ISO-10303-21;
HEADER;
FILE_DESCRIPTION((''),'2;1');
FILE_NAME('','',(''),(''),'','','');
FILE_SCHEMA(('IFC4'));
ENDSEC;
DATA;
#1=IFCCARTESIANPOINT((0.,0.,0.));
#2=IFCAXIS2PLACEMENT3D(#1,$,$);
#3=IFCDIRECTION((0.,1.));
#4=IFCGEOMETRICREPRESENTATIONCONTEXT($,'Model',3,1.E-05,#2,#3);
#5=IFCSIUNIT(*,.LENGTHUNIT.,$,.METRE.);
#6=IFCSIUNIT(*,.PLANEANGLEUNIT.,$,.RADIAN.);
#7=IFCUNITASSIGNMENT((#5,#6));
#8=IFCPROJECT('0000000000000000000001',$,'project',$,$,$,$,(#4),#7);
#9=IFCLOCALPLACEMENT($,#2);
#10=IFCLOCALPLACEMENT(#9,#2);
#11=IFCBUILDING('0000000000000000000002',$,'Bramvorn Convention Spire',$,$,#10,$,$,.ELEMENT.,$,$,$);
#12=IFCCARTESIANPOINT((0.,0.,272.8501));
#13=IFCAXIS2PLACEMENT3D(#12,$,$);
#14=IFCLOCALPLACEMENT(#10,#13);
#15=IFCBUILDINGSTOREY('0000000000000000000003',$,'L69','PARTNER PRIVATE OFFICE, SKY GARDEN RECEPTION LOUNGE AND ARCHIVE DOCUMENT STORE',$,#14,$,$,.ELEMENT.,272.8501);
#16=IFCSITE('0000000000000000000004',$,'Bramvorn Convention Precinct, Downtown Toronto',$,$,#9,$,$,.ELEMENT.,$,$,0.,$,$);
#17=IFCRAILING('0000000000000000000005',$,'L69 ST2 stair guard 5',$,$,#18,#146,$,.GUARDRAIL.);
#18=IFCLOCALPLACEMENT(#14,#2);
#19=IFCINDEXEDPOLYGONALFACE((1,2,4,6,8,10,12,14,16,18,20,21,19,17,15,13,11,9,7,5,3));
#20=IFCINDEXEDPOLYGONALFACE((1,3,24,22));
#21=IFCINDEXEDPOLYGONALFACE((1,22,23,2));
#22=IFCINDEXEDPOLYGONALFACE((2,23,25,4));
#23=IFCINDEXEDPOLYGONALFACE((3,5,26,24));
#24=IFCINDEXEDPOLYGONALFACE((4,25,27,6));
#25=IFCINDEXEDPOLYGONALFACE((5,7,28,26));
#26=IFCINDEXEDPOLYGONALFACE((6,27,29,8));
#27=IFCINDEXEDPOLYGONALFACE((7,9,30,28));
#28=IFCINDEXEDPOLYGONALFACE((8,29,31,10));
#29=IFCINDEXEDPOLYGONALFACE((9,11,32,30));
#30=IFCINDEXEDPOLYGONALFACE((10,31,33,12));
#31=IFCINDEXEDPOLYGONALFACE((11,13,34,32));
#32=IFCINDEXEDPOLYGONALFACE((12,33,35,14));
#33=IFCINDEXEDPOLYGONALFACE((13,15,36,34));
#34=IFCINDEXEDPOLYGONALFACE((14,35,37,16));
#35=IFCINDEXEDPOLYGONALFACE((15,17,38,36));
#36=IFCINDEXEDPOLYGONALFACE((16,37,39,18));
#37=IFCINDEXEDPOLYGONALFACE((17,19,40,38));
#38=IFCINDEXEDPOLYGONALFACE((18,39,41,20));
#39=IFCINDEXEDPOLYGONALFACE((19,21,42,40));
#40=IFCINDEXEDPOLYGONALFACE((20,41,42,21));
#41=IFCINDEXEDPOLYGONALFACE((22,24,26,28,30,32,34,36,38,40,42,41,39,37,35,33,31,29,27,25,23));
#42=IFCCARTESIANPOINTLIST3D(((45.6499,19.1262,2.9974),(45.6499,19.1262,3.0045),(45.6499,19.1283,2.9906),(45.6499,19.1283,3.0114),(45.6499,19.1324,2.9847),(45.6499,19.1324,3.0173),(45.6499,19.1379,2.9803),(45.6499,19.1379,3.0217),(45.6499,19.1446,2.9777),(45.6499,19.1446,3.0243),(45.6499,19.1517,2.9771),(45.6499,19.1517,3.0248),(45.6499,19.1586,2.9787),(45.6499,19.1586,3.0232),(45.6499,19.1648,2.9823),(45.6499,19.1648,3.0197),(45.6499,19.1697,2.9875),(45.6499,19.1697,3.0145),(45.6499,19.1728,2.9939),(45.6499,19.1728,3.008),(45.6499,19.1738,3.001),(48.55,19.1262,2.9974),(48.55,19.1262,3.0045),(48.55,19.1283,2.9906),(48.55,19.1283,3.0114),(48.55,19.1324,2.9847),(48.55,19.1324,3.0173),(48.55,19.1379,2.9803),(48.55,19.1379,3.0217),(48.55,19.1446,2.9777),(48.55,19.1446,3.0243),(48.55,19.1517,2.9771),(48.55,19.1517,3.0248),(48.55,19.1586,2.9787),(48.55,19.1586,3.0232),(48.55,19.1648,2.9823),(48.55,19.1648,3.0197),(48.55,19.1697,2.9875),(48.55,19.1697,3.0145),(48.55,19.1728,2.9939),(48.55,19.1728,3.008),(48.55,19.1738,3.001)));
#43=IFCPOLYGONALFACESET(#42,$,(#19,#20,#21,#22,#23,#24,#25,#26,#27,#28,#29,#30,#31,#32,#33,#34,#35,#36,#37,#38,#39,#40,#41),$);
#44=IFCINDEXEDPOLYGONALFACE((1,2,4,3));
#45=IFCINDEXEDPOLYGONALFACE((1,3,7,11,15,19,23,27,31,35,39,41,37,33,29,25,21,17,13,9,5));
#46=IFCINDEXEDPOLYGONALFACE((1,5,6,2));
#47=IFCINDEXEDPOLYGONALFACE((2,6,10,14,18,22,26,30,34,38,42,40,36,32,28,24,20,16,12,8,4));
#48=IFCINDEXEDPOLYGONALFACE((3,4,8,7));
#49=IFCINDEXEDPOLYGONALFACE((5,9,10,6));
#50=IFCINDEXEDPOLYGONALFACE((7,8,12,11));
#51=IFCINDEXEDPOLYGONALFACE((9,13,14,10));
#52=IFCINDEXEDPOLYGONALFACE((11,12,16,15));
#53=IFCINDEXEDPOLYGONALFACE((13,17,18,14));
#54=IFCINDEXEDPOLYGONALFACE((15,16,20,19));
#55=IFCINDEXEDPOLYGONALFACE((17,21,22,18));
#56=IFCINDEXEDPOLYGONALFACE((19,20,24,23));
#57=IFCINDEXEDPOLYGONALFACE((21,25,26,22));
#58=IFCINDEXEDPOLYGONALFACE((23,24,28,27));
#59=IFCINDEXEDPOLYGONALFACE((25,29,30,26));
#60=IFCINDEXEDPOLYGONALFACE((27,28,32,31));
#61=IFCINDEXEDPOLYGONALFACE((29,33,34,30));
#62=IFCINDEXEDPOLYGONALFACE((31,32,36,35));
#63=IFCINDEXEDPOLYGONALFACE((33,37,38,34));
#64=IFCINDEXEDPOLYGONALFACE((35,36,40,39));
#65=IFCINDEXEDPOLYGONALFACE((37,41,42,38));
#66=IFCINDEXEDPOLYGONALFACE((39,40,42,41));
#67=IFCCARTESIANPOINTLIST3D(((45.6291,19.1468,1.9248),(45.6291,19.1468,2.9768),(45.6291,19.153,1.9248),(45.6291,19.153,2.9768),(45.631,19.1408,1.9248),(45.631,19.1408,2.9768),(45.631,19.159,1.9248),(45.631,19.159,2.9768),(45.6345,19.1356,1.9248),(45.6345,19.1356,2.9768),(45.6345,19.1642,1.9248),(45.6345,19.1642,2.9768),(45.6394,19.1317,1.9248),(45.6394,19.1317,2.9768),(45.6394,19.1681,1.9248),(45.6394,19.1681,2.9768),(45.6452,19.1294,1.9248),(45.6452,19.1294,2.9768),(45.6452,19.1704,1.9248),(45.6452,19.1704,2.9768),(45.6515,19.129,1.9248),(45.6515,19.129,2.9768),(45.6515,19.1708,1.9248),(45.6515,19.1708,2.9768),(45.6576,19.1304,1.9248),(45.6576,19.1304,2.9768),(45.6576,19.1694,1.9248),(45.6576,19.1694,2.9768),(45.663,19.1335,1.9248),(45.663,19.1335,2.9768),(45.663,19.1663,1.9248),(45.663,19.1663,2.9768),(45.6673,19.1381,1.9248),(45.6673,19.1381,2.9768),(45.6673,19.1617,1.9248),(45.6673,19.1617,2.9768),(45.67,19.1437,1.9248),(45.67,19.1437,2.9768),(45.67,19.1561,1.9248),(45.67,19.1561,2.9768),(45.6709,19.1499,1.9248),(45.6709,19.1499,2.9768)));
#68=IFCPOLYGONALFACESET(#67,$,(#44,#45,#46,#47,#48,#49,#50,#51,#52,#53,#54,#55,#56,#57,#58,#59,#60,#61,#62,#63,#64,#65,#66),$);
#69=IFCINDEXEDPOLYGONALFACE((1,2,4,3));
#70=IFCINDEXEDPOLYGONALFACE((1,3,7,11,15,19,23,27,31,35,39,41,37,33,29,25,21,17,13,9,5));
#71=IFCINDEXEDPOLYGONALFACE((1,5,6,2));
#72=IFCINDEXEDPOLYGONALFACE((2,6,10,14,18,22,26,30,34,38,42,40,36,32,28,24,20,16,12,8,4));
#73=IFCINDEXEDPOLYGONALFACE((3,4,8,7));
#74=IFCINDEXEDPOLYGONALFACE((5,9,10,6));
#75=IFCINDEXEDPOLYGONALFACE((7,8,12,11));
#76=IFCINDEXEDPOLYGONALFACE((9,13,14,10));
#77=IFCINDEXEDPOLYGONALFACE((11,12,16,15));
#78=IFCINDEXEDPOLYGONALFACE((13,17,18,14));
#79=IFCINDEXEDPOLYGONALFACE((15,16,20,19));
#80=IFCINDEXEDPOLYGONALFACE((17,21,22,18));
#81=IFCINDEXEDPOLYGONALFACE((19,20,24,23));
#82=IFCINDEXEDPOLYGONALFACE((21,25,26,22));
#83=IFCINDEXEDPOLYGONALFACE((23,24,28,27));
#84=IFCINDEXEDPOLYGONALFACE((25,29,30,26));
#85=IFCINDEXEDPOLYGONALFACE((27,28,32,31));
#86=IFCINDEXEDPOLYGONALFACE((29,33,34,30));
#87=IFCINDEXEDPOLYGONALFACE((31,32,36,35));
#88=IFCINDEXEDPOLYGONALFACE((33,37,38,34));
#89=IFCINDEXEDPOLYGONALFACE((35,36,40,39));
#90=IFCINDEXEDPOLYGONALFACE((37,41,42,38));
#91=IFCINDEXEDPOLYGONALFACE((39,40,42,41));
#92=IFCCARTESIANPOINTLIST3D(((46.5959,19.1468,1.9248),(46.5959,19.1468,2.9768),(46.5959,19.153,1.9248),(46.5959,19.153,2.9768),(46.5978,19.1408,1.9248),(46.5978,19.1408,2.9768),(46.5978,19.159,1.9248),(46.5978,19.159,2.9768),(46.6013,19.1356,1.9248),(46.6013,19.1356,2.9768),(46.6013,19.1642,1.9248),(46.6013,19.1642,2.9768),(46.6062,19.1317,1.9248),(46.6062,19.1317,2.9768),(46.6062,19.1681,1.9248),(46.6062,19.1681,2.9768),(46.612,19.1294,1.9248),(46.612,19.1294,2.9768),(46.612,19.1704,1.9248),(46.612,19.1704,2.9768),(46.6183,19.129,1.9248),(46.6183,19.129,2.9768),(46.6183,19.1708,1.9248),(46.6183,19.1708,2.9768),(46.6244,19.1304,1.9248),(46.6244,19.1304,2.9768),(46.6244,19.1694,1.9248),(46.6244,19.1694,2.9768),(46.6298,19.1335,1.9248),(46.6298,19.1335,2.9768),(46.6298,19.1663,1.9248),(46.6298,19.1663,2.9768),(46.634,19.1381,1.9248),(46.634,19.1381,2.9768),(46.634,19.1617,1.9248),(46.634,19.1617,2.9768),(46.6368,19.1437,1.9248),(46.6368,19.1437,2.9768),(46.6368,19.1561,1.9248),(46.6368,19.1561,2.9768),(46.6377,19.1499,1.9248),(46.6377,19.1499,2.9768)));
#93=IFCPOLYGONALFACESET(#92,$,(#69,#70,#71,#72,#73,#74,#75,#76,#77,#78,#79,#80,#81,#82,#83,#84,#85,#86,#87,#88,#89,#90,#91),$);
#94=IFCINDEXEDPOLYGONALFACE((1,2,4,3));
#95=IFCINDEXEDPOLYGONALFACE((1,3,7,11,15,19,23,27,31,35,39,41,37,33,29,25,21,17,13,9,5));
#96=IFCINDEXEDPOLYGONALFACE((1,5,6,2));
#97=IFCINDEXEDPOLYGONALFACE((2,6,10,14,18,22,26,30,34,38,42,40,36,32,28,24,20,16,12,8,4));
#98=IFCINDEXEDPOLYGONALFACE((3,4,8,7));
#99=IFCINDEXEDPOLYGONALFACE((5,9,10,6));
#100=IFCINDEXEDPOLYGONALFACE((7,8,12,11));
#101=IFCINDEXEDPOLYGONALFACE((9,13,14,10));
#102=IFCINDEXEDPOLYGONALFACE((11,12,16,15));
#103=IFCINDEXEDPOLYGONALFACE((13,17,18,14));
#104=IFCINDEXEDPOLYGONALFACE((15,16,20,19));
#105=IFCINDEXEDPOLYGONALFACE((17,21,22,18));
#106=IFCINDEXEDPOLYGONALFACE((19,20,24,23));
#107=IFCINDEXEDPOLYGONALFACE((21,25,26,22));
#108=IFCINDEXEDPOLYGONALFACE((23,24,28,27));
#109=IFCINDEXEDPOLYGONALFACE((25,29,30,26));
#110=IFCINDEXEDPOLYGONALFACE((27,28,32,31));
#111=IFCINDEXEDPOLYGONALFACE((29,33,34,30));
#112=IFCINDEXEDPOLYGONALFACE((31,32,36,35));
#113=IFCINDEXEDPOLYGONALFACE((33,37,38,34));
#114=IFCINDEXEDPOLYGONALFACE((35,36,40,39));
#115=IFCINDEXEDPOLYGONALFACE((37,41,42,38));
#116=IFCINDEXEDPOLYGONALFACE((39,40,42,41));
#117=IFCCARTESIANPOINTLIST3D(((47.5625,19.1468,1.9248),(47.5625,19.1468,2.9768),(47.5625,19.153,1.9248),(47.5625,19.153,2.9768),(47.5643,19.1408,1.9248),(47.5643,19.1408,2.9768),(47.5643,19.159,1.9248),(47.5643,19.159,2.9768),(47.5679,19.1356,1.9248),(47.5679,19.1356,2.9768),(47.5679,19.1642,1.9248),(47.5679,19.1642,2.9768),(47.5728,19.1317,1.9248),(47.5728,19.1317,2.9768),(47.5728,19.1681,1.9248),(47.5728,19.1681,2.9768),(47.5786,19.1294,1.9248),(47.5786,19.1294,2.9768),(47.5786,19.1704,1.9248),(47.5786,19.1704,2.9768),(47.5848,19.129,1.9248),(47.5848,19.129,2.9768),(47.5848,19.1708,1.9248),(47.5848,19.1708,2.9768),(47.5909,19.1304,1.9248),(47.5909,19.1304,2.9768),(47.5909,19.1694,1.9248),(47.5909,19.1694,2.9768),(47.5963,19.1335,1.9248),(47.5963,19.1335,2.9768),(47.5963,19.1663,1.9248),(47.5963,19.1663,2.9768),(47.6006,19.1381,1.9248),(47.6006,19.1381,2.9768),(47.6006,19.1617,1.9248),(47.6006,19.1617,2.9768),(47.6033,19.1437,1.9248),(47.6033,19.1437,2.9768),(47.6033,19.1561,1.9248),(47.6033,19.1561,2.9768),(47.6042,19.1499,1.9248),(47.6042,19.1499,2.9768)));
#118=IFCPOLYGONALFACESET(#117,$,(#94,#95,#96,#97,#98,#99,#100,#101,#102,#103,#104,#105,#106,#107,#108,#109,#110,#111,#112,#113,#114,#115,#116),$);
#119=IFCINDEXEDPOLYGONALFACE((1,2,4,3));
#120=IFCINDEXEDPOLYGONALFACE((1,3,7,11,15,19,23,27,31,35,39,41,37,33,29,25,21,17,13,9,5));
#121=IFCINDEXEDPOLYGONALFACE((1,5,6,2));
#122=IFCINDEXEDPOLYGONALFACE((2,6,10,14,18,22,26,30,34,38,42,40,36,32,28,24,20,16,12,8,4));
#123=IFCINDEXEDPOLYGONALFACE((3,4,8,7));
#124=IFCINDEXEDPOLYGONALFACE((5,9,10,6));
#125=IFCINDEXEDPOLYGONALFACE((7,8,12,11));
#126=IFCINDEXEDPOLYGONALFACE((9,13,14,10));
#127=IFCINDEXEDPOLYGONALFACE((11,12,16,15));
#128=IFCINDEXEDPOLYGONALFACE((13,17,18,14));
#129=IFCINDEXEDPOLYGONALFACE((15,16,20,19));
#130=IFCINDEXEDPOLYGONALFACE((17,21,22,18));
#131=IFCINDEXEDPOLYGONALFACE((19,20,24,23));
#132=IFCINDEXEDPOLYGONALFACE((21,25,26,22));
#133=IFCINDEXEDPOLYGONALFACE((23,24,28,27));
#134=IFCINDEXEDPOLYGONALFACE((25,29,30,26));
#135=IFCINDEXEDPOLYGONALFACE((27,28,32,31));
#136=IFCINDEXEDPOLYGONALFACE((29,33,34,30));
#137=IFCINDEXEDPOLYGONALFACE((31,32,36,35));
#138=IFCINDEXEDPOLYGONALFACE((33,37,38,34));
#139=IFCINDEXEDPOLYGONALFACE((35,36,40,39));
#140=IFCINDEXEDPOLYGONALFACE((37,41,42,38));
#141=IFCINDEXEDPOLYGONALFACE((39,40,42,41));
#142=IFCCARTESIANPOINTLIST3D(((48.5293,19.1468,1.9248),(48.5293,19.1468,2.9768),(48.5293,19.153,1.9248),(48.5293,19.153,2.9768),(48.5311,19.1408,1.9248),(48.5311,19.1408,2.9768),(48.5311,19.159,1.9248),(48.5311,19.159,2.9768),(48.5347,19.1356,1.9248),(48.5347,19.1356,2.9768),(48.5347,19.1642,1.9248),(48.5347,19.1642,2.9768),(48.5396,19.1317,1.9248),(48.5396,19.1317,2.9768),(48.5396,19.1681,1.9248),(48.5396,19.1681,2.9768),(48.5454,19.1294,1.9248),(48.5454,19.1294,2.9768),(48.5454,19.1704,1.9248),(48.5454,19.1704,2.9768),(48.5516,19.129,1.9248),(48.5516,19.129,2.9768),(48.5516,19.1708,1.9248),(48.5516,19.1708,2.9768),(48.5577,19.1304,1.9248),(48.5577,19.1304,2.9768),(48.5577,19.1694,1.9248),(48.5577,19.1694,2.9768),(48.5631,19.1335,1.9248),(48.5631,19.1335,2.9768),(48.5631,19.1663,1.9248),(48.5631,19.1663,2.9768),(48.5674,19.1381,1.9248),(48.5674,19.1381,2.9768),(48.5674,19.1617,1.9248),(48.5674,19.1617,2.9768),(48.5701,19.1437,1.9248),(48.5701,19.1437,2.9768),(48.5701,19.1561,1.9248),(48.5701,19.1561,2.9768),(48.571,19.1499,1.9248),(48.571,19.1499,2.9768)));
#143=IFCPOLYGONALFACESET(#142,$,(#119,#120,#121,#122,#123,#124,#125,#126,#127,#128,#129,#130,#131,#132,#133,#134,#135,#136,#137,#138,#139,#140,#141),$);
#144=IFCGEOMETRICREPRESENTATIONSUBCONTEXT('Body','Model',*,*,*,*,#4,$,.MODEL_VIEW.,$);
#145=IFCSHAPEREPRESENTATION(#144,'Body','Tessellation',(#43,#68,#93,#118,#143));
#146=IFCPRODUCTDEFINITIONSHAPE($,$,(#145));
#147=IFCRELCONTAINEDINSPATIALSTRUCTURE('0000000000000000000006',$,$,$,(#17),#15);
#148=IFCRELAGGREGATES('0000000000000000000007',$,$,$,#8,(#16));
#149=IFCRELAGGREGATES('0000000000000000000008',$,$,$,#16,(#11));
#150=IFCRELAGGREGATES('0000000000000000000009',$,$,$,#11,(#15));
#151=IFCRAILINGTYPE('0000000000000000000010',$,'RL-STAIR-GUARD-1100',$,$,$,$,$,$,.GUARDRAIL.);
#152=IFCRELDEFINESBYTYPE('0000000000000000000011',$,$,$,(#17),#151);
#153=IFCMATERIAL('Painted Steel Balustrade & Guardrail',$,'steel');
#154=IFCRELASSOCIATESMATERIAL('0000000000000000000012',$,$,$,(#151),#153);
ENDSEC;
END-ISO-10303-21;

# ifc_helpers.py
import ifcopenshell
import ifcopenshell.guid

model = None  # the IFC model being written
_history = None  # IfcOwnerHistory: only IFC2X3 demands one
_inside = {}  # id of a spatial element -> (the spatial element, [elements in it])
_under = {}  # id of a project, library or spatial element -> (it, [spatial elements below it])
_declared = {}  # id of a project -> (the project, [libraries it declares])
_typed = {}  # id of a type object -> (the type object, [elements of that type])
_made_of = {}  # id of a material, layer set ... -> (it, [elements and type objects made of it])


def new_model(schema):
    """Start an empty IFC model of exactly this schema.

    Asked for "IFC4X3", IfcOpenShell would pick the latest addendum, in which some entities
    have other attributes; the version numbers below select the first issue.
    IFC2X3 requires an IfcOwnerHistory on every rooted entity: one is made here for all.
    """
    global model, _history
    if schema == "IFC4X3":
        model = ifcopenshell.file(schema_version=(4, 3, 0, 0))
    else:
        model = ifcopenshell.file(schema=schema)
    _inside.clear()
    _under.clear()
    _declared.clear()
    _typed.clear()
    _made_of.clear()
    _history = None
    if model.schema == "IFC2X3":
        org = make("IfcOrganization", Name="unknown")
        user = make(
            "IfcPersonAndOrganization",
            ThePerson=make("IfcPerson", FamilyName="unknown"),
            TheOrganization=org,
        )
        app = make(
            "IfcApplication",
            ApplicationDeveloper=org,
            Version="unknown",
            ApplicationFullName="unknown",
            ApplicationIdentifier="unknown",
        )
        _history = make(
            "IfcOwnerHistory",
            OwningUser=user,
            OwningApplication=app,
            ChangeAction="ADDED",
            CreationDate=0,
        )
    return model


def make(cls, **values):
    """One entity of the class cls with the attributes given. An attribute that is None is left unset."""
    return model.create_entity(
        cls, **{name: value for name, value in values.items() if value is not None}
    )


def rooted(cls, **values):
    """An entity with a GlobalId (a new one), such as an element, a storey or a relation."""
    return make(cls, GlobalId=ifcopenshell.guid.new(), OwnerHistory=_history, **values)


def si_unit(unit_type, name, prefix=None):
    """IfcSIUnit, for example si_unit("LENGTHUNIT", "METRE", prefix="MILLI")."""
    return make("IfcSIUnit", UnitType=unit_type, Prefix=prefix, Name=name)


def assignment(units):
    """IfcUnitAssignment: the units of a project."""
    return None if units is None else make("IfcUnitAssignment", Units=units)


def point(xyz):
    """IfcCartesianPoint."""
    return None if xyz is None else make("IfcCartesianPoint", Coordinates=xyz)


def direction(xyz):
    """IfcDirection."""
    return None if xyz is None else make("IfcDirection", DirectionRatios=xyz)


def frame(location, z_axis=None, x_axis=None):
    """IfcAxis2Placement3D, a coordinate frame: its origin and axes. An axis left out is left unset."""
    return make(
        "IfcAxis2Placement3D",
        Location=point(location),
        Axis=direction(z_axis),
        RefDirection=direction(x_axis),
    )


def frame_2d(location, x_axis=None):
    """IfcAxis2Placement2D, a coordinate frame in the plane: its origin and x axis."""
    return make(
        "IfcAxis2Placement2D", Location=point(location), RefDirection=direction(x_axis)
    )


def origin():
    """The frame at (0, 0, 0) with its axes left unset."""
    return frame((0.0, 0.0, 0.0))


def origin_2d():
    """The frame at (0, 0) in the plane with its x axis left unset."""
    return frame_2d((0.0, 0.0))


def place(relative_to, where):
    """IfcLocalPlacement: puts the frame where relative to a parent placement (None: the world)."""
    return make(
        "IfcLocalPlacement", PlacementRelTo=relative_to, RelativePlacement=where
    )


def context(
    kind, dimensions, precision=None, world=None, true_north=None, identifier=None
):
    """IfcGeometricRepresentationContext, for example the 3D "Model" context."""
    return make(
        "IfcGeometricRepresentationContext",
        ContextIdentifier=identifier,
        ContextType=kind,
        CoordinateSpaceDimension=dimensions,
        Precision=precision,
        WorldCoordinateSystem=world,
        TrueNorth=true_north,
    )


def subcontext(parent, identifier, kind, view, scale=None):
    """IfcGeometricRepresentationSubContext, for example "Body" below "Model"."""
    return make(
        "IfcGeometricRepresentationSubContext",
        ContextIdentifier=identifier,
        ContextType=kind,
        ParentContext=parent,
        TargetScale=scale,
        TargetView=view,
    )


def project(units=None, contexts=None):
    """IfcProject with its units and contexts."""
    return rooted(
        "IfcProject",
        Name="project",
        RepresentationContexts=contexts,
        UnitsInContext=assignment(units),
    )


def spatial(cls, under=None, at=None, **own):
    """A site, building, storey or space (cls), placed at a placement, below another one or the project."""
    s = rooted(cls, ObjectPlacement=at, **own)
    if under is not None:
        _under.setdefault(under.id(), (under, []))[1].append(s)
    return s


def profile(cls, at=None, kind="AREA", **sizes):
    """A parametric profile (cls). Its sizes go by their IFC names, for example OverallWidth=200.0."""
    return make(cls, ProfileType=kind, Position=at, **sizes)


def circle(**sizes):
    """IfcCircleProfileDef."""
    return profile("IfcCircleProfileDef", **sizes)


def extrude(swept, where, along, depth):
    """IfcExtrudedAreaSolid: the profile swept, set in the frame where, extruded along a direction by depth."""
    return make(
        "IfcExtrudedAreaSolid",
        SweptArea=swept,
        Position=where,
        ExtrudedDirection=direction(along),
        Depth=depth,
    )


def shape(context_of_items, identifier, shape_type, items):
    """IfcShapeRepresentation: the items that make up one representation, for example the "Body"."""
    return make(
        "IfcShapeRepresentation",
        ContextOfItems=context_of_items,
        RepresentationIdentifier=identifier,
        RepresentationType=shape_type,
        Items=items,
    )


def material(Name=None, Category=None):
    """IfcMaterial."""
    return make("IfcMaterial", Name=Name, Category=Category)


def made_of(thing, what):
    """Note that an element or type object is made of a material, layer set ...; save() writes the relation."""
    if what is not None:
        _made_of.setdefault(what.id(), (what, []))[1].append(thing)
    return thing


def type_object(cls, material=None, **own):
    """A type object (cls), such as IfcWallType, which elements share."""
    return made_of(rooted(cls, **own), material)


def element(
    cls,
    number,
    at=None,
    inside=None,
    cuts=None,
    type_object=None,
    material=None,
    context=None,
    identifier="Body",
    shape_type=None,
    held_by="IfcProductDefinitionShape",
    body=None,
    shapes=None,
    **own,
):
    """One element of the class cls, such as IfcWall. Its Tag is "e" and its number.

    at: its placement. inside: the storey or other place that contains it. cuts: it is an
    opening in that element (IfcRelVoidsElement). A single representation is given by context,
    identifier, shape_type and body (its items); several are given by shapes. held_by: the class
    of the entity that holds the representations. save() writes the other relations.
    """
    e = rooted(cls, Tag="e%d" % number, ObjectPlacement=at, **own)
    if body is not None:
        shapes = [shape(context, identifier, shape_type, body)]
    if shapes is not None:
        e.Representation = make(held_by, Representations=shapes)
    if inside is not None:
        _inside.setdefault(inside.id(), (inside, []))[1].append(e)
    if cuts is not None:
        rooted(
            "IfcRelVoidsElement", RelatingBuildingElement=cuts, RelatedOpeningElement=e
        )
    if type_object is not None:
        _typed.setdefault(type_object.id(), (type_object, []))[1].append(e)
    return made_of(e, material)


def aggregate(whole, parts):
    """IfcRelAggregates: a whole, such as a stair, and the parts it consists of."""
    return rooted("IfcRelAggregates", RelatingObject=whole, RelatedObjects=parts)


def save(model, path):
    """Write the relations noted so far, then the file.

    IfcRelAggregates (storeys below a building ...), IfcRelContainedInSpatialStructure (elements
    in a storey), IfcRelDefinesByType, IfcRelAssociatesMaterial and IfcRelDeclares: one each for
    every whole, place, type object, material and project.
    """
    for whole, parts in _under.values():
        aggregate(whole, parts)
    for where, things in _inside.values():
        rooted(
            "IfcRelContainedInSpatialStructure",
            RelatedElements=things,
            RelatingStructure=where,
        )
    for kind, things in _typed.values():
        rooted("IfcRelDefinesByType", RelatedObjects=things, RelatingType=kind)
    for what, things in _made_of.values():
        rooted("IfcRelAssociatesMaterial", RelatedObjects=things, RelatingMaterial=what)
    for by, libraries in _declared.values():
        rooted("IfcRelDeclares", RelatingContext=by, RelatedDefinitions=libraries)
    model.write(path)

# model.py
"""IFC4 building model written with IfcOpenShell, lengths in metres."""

from ifc_helpers import new_model, si_unit, direction, frame, origin, origin_2d, place, context, subcontext, project, spatial, circle, extrude, material, type_object, element, save


model = new_model("IFC4")

# Units and contexts
model_context = context("Model", 3, precision=1e-05, world=origin(), true_north=direction((0.0, 1.0)))
body_context = subcontext(model_context, "Body", "Model", "MODEL_VIEW")
ifc_project = project(units=[si_unit("LENGTHUNIT", "METRE"), si_unit("PLANEANGLEUNIT", "RADIAN")], contexts=[model_context])

# Site, building, storey
site_placement = place(None, origin())
site = spatial("IfcSite", under=ifc_project, at=site_placement, Name="Bramvorn Convention Precinct, Downtown Toronto", CompositionType="ELEMENT", RefElevation=0.0)
building_placement = place(site_placement, origin())
building = spatial("IfcBuilding", under=site, at=building_placement, Name="Bramvorn Convention Spire", CompositionType="ELEMENT")
storey_placement = place(building_placement, frame((0.0, 0.0, 272.8501)))
storey = spatial("IfcBuildingStorey", under=building, at=storey_placement, Name="L69", Description="PARTNER PRIVATE OFFICE, SKY GARDEN RECEPTION LOUNGE AND ARCHIVE DOCUMENT STORE", CompositionType="ELEMENT", Elevation=272.8501)

# Railing
ifc_material_1 = material(Name="Painted Steel Balustrade & Guardrail", Category="steel")
railing_type = type_object("IfcRailingType", Name="RL-STAIR-GUARD-1100", PredefinedType="GUARDRAIL", material=ifc_material_1)
railing_1_placement = place(storey_placement, frame((45.6499, 19.1499, 1.9248)))
element("IfcRailing", 1, at=railing_1_placement, inside=storey, type_object=railing_type, Name="L69 ST2 stair guard 5", PredefinedType="GUARDRAIL", context=body_context, shape_type="SweptSolid", body=[
    extrude(circle(Radius=0.0239, at=origin_2d()), frame((0.0, 0.0, 1.0762), z_axis=(1.0, 0.0, 0.0), x_axis=(0.0, 1.0, 0.0)), (0.0, 0.0, 1.0), 2.9001),
    extrude(circle(Radius=0.021, at=origin_2d()), origin(), (0.0, 0.0, 1.0), 1.052),
    extrude(circle(Radius=0.021, at=origin_2d()), frame((0.9668, 0.0, 0.0)), (0.0, 0.0, 1.0), 1.052),
    extrude(circle(Radius=0.021, at=origin_2d()), frame((1.9333, 0.0, 0.0)), (0.0, 0.0, 1.0), 1.052),
    extrude(circle(Radius=0.021, at=origin_2d()), frame((2.9001, 0.0, 0.0)), (0.0, 0.0, 1.0), 1.052),
])

save(model, "model.ifc")
